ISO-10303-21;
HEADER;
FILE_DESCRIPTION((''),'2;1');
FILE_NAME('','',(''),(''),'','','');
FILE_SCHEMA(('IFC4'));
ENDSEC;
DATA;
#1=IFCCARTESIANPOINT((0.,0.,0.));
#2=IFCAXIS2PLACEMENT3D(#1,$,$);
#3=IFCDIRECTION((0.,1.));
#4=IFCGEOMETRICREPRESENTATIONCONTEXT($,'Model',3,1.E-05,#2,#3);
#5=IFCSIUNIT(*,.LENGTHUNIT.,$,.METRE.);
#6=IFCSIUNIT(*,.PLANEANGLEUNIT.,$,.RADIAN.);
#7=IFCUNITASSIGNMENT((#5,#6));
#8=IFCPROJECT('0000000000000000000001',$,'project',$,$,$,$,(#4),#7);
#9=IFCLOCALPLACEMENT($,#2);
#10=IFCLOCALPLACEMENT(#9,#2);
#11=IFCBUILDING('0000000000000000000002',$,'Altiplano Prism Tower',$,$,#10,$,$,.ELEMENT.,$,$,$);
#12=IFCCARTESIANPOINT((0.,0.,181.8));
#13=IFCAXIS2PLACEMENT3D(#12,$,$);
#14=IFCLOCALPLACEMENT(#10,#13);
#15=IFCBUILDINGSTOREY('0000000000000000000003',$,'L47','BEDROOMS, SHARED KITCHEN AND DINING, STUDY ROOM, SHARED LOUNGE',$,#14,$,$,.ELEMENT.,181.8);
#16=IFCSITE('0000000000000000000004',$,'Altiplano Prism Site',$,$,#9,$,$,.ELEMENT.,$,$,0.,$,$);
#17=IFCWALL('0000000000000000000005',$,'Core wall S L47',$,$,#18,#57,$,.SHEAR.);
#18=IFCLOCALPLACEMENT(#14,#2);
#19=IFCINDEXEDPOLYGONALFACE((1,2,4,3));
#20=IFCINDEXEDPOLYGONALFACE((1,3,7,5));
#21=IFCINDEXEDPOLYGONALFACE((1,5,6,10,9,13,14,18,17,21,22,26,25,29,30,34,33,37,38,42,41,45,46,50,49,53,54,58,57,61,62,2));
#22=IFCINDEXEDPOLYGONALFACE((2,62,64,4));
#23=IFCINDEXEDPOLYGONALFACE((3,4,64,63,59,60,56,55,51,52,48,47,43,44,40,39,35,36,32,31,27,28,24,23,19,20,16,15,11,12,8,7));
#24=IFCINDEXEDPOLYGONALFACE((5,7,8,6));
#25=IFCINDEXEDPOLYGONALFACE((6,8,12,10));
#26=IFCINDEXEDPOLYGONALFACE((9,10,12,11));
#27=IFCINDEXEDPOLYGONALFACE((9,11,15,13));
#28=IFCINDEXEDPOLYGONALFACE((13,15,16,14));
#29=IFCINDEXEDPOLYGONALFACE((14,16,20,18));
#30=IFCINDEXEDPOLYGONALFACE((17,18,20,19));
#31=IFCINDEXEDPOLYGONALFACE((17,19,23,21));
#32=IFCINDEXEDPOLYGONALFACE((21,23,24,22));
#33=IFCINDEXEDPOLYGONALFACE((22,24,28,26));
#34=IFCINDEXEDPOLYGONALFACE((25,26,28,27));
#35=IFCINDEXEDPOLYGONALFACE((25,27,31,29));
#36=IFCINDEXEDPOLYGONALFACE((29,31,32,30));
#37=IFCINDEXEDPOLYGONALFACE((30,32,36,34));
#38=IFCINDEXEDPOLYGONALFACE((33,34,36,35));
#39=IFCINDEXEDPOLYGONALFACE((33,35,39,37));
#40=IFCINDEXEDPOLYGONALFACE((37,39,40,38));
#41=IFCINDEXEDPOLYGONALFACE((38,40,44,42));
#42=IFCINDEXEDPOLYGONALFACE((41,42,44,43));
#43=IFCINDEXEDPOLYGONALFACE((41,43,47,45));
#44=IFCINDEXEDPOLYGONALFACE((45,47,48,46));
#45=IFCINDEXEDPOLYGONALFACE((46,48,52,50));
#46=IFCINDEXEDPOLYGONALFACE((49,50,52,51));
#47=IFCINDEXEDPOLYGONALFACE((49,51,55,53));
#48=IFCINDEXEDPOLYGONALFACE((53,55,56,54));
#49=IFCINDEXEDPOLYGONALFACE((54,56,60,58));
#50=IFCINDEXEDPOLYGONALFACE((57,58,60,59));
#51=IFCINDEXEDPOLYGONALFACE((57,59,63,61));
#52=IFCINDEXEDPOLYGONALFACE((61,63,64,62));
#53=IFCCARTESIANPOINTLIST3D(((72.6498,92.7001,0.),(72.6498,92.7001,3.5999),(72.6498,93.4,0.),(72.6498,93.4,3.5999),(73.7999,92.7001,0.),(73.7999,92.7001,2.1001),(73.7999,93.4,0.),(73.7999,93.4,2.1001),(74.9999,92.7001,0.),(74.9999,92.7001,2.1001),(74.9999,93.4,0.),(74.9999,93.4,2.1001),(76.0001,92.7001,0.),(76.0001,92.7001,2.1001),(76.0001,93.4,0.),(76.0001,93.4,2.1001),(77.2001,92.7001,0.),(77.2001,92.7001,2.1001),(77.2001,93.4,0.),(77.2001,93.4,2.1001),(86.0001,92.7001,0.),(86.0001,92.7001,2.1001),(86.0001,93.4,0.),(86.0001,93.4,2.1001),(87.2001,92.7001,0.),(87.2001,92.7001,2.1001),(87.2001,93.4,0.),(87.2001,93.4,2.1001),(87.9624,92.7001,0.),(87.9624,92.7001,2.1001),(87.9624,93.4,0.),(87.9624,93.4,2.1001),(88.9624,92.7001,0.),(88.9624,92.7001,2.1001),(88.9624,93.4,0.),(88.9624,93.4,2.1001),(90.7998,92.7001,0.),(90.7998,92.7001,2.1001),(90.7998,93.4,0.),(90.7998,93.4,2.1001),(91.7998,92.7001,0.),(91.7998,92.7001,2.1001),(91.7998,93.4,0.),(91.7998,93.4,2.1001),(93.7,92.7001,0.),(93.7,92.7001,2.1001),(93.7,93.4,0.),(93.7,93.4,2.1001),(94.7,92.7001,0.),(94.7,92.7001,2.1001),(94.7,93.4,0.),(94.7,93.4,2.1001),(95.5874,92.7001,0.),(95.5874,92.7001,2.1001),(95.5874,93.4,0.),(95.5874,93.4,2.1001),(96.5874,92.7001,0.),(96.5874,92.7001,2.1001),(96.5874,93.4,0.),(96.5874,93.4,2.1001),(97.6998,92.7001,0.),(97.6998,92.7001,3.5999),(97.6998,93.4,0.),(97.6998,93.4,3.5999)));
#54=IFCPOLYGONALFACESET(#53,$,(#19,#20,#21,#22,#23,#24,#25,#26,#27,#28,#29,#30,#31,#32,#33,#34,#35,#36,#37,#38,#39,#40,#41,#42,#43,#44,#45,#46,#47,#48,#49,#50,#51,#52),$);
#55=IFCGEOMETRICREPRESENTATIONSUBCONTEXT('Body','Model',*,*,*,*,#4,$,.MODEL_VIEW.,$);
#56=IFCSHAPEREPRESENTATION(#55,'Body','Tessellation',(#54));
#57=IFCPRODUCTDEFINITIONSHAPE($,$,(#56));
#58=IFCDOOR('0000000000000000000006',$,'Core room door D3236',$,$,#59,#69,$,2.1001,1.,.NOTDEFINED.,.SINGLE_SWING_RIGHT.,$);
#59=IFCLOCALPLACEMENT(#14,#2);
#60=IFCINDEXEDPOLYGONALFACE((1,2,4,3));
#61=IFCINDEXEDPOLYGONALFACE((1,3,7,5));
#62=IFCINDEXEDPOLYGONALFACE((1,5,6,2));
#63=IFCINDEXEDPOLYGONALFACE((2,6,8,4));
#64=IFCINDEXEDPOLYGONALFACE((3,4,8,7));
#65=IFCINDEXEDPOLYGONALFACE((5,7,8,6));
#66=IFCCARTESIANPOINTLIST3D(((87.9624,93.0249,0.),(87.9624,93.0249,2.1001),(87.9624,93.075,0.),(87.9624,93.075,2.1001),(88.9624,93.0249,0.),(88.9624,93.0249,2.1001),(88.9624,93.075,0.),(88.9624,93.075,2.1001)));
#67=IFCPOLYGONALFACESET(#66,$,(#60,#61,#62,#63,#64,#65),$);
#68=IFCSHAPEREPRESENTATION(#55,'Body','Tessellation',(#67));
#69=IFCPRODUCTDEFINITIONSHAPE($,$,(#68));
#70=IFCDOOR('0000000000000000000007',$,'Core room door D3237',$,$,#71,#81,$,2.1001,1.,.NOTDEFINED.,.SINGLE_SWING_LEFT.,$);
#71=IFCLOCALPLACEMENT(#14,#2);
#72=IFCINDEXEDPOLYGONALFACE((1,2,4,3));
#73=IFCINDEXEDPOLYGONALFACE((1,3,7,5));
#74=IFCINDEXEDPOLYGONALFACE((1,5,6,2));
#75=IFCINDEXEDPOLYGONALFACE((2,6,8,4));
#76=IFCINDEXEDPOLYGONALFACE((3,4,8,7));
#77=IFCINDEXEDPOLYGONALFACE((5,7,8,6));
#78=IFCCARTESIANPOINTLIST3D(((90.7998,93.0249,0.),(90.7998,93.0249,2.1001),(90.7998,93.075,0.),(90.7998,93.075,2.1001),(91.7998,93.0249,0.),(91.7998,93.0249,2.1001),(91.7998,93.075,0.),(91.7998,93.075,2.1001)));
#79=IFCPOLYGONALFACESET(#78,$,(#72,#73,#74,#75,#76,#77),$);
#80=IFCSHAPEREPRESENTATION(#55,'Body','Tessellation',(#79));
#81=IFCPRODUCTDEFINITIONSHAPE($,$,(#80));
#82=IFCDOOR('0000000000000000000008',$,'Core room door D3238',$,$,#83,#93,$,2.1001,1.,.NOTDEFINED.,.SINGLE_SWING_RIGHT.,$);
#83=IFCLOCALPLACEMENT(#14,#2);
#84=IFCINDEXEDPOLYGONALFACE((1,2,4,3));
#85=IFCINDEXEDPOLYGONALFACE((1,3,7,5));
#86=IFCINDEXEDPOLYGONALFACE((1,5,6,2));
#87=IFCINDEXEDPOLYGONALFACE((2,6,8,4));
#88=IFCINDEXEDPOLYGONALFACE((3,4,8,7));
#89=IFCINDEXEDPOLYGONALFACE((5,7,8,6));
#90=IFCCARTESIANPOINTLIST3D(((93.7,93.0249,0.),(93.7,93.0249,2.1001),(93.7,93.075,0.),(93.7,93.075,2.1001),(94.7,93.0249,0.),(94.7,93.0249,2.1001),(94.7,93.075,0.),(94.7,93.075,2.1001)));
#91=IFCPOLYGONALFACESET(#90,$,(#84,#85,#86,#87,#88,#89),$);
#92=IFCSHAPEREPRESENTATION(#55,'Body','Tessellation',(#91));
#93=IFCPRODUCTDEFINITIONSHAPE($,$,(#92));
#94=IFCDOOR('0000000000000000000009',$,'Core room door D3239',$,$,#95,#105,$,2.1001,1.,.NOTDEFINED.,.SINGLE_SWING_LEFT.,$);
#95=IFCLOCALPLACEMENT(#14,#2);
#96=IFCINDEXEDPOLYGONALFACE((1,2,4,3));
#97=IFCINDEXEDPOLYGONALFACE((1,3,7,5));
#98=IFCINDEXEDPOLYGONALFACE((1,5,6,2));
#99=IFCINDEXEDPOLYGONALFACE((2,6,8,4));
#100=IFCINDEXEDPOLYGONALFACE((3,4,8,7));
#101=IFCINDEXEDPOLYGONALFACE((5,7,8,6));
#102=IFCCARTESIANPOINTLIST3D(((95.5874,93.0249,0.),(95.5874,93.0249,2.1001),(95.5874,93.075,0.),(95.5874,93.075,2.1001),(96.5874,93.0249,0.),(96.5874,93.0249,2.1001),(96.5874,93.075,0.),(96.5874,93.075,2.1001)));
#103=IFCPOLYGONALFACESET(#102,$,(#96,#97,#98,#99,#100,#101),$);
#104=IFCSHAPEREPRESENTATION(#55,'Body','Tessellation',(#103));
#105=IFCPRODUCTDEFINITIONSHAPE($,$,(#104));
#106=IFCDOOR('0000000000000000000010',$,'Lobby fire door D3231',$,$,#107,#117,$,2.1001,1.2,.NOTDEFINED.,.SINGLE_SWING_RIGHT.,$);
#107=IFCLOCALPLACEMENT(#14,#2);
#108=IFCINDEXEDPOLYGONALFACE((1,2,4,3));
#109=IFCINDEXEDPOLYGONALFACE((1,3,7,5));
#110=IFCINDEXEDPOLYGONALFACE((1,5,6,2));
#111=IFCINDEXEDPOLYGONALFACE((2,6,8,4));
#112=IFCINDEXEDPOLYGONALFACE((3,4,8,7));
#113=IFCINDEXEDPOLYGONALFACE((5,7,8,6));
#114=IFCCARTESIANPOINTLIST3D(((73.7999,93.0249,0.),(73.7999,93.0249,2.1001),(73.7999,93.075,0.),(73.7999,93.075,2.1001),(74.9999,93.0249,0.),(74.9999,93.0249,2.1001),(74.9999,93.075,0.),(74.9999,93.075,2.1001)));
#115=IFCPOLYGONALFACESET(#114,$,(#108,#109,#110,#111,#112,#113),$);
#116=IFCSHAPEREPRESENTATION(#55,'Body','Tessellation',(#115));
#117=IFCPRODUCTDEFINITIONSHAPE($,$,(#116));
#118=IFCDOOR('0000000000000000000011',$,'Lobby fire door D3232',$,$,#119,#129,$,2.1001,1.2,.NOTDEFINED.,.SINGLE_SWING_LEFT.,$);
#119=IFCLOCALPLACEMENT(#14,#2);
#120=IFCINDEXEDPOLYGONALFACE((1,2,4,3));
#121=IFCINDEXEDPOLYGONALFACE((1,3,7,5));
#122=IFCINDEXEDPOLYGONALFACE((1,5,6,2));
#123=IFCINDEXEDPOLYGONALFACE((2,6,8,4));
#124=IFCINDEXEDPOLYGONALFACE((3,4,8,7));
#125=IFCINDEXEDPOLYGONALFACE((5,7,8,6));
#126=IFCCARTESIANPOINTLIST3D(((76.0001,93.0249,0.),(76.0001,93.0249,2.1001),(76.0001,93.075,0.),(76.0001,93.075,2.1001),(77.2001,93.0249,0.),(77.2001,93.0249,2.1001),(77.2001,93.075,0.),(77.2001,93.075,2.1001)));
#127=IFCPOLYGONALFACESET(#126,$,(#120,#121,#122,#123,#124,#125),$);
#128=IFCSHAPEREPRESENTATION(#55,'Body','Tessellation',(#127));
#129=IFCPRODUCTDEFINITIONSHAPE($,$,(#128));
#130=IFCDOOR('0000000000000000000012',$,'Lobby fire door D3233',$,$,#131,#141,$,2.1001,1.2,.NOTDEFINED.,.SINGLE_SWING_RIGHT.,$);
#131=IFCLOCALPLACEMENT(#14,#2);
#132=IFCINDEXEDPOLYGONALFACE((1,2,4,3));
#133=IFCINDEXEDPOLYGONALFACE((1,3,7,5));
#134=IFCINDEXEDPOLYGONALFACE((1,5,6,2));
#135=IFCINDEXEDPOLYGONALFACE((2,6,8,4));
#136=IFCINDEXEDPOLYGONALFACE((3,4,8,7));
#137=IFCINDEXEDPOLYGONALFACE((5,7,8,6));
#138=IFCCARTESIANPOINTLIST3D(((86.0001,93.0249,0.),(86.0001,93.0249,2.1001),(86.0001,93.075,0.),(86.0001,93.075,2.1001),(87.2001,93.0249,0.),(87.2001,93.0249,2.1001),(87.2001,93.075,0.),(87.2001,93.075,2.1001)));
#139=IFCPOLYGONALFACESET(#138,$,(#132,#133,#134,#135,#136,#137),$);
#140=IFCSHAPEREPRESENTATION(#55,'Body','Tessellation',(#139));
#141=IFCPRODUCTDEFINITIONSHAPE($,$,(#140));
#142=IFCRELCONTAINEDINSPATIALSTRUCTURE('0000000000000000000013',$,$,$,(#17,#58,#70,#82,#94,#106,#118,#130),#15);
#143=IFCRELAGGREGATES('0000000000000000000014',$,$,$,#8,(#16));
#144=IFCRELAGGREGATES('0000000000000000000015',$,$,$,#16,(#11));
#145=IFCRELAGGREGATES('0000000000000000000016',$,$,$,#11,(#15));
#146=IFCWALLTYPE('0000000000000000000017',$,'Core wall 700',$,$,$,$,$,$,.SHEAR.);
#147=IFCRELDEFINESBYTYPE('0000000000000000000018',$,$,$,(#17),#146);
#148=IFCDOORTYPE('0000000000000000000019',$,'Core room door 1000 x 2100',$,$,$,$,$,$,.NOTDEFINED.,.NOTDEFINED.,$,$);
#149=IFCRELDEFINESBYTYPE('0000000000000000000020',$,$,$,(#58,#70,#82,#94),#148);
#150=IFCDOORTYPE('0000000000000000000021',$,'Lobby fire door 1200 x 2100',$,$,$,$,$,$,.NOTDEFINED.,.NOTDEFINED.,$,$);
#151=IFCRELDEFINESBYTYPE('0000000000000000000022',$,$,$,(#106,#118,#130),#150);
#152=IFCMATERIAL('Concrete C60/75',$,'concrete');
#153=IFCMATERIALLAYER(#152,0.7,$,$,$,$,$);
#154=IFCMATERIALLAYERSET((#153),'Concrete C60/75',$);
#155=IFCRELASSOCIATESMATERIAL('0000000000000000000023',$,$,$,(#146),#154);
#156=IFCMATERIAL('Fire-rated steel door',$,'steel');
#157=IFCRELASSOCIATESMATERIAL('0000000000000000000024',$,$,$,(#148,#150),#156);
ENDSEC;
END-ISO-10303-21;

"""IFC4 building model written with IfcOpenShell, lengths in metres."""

from ifc_helpers import new_model, si_unit, direction, frame, frame_2d, origin, place, context, subcontext, project, spatial, rectangle, extrude, material, layer, layer_set, type_object, element, fill, save


model = new_model("IFC4")

# Units and contexts
model_context = context("Model", 3, precision=1e-05, world=origin(), true_north=direction((0.0, 1.0)))
body_context = subcontext(model_context, "Body", "Model", "MODEL_VIEW")
ifc_project = project(units=[si_unit("LENGTHUNIT", "METRE"), si_unit("PLANEANGLEUNIT", "RADIAN")], contexts=[model_context])

# Site, building, storey
site_placement = place(None, origin())
site = spatial("IfcSite", under=ifc_project, at=site_placement, Name="Altiplano Prism Site", CompositionType="ELEMENT", RefElevation=0.0)
building_placement = place(site_placement, origin())
building = spatial("IfcBuilding", under=site, at=building_placement, Name="Altiplano Prism Tower", CompositionType="ELEMENT")
storey_placement = place(building_placement, frame((0.0, 0.0, 181.8)))
storey = spatial("IfcBuildingStorey", under=building, at=storey_placement, Name="L47", Description="BEDROOMS, SHARED KITCHEN AND DINING, STUDY ROOM, SHARED LOUNGE", CompositionType="ELEMENT", Elevation=181.8)

# Wall, openings, doors
ifc_material_1 = material(Name="Concrete C60/75", Category="concrete")
ifc_layer_1 = layer(ifc_material_1, 0.7)
ifc_layer_set_1 = layer_set([ifc_layer_1], Name="Concrete C60/75")
wall_type_1 = type_object("IfcWallType", Name="Core wall 700", PredefinedType="SHEAR", material=ifc_layer_set_1)
wall_1_placement = place(storey_placement, frame((72.6499, 93.05, 0.0), z_axis=(0.0, 0.0, 1.0), x_axis=(1.0, 0.0, 0.0)))
wall_1 = element("IfcWall", 1, at=wall_1_placement, inside=storey, type_object=wall_type_1, Name="Core wall S L47", PredefinedType="SHEAR", context=body_context, shape_type="SweptSolid", body=[
    extrude(rectangle(XDim=25.05, YDim=0.7, at=frame_2d((12.5249, 0.0))), origin(), (0.0, 0.0, 1.0), 3.5999),
])
opening_1_placement = place(wall_1_placement, frame((1.1499, 0.0, 0.0)))
opening_1 = element("IfcOpeningElement", 2, at=opening_1_placement, cuts=wall_1, PredefinedType="OPENING", context=body_context, shape_type="SweptSolid", body=[
    extrude(rectangle(XDim=1.2, YDim=2.1001, at=frame_2d((0.6001, 1.05))), frame((0.0, 0.3604, 0.0), z_axis=(0.0, -1.0, 0.0), x_axis=(1.0, 0.0, 0.0)), (0.0, 0.0, 1.0), 0.7209),
])
opening_2_placement = place(wall_1_placement, frame((3.3501, 0.0, 0.0)))
opening_2 = element("IfcOpeningElement", 3, at=opening_2_placement, cuts=wall_1, PredefinedType="OPENING", context=body_context, shape_type="SweptSolid", body=[
    extrude(rectangle(XDim=1.2, YDim=2.1001, at=frame_2d((0.6001, 1.05))), frame((0.0, 0.3604, 0.0), z_axis=(0.0, -1.0, 0.0), x_axis=(1.0, 0.0, 0.0)), (0.0, 0.0, 1.0), 0.7209),
])
opening_3_placement = place(wall_1_placement, frame((13.3501, 0.0, 0.0)))
opening_3 = element("IfcOpeningElement", 4, at=opening_3_placement, cuts=wall_1, PredefinedType="OPENING", context=body_context, shape_type="SweptSolid", body=[
    extrude(rectangle(XDim=1.2, YDim=2.1001, at=frame_2d((0.6001, 1.05))), frame((0.0, 0.3604, 0.0), z_axis=(0.0, -1.0, 0.0), x_axis=(1.0, 0.0, 0.0)), (0.0, 0.0, 1.0), 0.7209),
])
opening_4_placement = place(wall_1_placement, frame((15.3125, 0.0, 0.0)))
opening_4 = element("IfcOpeningElement", 5, at=opening_4_placement, cuts=wall_1, PredefinedType="OPENING", context=body_context, shape_type="SweptSolid", body=[
    extrude(rectangle(XDim=1.0, YDim=2.1001, at=frame_2d((0.5, 1.05))), frame((0.0, 0.3604, 0.0), z_axis=(0.0, -1.0, 0.0), x_axis=(1.0, 0.0, 0.0)), (0.0, 0.0, 1.0), 0.7209),
])
opening_5_placement = place(wall_1_placement, frame((18.1499, 0.0, 0.0)))
opening_5 = element("IfcOpeningElement", 6, at=opening_5_placement, cuts=wall_1, PredefinedType="OPENING", context=body_context, shape_type="SweptSolid", body=[
    extrude(rectangle(XDim=1.0, YDim=2.1001, at=frame_2d((0.5, 1.05))), frame((0.0, 0.3604, 0.0), z_axis=(0.0, -1.0, 0.0), x_axis=(1.0, 0.0, 0.0)), (0.0, 0.0, 1.0), 0.7209),
])
opening_6_placement = place(wall_1_placement, frame((21.05, 0.0, 0.0)))
opening_6 = element("IfcOpeningElement", 7, at=opening_6_placement, cuts=wall_1, PredefinedType="OPENING", context=body_context, shape_type="SweptSolid", body=[
    extrude(rectangle(XDim=1.0, YDim=2.1001, at=frame_2d((0.5, 1.05))), frame((0.0, 0.3604, 0.0), z_axis=(0.0, -1.0, 0.0), x_axis=(1.0, 0.0, 0.0)), (0.0, 0.0, 1.0), 0.7209),
])
opening_7_placement = place(wall_1_placement, frame((22.9375, 0.0, 0.0)))
opening_7 = element("IfcOpeningElement", 8, at=opening_7_placement, cuts=wall_1, PredefinedType="OPENING", context=body_context, shape_type="SweptSolid", body=[
    extrude(rectangle(XDim=1.0, YDim=2.1001, at=frame_2d((0.5, 1.05))), frame((0.0, 0.3604, 0.0), z_axis=(0.0, -1.0, 0.0), x_axis=(1.0, 0.0, 0.0)), (0.0, 0.0, 1.0), 0.7209),
])
ifc_material_2 = material(Name="Fire-rated steel door", Category="steel")
door_type_1 = type_object("IfcDoorType", Name="Core room door 1000 x 2100", OperationType="NOTDEFINED", PredefinedType="NOTDEFINED", material=ifc_material_2)
door_1_placement = place(opening_4_placement, origin())
door_1 = element("IfcDoor", 9, at=door_1_placement, inside=storey, type_object=door_type_1, Name="Core room door D3236", OperationType="SINGLE_SWING_RIGHT", OverallHeight=2.1001, OverallWidth=1.0, PredefinedType="NOTDEFINED", context=body_context, shape_type="SweptSolid", body=[
    extrude(rectangle(XDim=1.0, YDim=2.1001, at=frame_2d((0.5, 1.05))), frame((0.0, 0.0249, 0.0), z_axis=(0.0, -1.0, 0.0), x_axis=(1.0, 0.0, 0.0)), (0.0, 0.0, 1.0), 0.05),
])
fill(opening_4, door_1)
door_2_placement = place(opening_5_placement, origin())
door_2 = element("IfcDoor", 10, at=door_2_placement, inside=storey, type_object=door_type_1, Name="Core room door D3237", OperationType="SINGLE_SWING_LEFT", OverallHeight=2.1001, OverallWidth=1.0, PredefinedType="NOTDEFINED", context=body_context, shape_type="SweptSolid", body=[
    extrude(rectangle(XDim=1.0, YDim=2.1001, at=frame_2d((0.5, 1.05))), frame((0.0, 0.0249, 0.0), z_axis=(0.0, -1.0, 0.0), x_axis=(1.0, 0.0, 0.0)), (0.0, 0.0, 1.0), 0.05),
])
fill(opening_5, door_2)
door_3_placement = place(opening_6_placement, origin())
door_3 = element("IfcDoor", 11, at=door_3_placement, inside=storey, type_object=door_type_1, Name="Core room door D3238", OperationType="SINGLE_SWING_RIGHT", OverallHeight=2.1001, OverallWidth=1.0, PredefinedType="NOTDEFINED", context=body_context, shape_type="SweptSolid", body=[
    extrude(rectangle(XDim=1.0, YDim=2.1001, at=frame_2d((0.5, 1.05))), frame((0.0, 0.0249, 0.0), z_axis=(0.0, -1.0, 0.0), x_axis=(1.0, 0.0, 0.0)), (0.0, 0.0, 1.0), 0.05),
])
fill(opening_6, door_3)
door_4_placement = place(opening_7_placement, origin())
door_4 = element("IfcDoor", 12, at=door_4_placement, inside=storey, type_object=door_type_1, Name="Core room door D3239", OperationType="SINGLE_SWING_LEFT", OverallHeight=2.1001, OverallWidth=1.0, PredefinedType="NOTDEFINED", context=body_context, shape_type="SweptSolid", body=[
    extrude(rectangle(XDim=1.0, YDim=2.1001, at=frame_2d((0.5, 1.05))), frame((0.0, 0.0249, 0.0), z_axis=(0.0, -1.0, 0.0), x_axis=(1.0, 0.0, 0.0)), (0.0, 0.0, 1.0), 0.05),
])
fill(opening_7, door_4)
door_type_2 = type_object("IfcDoorType", Name="Lobby fire door 1200 x 2100", OperationType="NOTDEFINED", PredefinedType="NOTDEFINED", material=ifc_material_2)
door_5_placement = place(opening_1_placement, origin())
door_5 = element("IfcDoor", 13, at=door_5_placement, inside=storey, type_object=door_type_2, Name="Lobby fire door D3231", OperationType="SINGLE_SWING_RIGHT", OverallHeight=2.1001, OverallWidth=1.2, PredefinedType="NOTDEFINED", context=body_context, shape_type="SweptSolid", body=[
    extrude(rectangle(XDim=1.2, YDim=2.1001, at=frame_2d((0.6001, 1.05))), frame((0.0, 0.0249, 0.0), z_axis=(0.0, -1.0, 0.0), x_axis=(1.0, 0.0, 0.0)), (0.0, 0.0, 1.0), 0.05),
])
fill(opening_1, door_5)
door_6_placement = place(opening_2_placement, origin())
door_6 = element("IfcDoor", 14, at=door_6_placement, inside=storey, type_object=door_type_2, Name="Lobby fire door D3232", OperationType="SINGLE_SWING_LEFT", OverallHeight=2.1001, OverallWidth=1.2, PredefinedType="NOTDEFINED", context=body_context, shape_type="SweptSolid", body=[
    extrude(rectangle(XDim=1.2, YDim=2.1001, at=frame_2d((0.6001, 1.05))), frame((0.0, 0.0249, 0.0), z_axis=(0.0, -1.0, 0.0), x_axis=(1.0, 0.0, 0.0)), (0.0, 0.0, 1.0), 0.05),
])
fill(opening_2, door_6)
door_7_placement = place(opening_3_placement, origin())
door_7 = element("IfcDoor", 15, at=door_7_placement, inside=storey, type_object=door_type_2, Name="Lobby fire door D3233", OperationType="SINGLE_SWING_RIGHT", OverallHeight=2.1001, OverallWidth=1.2, PredefinedType="NOTDEFINED", context=body_context, shape_type="SweptSolid", body=[
    extrude(rectangle(XDim=1.2, YDim=2.1001, at=frame_2d((0.6001, 1.05))), frame((0.0, 0.0249, 0.0), z_axis=(0.0, -1.0, 0.0), x_axis=(1.0, 0.0, 0.0)), (0.0, 0.0, 1.0), 0.05),
])
fill(opening_3, door_7)

save(model, "model.ifc")
